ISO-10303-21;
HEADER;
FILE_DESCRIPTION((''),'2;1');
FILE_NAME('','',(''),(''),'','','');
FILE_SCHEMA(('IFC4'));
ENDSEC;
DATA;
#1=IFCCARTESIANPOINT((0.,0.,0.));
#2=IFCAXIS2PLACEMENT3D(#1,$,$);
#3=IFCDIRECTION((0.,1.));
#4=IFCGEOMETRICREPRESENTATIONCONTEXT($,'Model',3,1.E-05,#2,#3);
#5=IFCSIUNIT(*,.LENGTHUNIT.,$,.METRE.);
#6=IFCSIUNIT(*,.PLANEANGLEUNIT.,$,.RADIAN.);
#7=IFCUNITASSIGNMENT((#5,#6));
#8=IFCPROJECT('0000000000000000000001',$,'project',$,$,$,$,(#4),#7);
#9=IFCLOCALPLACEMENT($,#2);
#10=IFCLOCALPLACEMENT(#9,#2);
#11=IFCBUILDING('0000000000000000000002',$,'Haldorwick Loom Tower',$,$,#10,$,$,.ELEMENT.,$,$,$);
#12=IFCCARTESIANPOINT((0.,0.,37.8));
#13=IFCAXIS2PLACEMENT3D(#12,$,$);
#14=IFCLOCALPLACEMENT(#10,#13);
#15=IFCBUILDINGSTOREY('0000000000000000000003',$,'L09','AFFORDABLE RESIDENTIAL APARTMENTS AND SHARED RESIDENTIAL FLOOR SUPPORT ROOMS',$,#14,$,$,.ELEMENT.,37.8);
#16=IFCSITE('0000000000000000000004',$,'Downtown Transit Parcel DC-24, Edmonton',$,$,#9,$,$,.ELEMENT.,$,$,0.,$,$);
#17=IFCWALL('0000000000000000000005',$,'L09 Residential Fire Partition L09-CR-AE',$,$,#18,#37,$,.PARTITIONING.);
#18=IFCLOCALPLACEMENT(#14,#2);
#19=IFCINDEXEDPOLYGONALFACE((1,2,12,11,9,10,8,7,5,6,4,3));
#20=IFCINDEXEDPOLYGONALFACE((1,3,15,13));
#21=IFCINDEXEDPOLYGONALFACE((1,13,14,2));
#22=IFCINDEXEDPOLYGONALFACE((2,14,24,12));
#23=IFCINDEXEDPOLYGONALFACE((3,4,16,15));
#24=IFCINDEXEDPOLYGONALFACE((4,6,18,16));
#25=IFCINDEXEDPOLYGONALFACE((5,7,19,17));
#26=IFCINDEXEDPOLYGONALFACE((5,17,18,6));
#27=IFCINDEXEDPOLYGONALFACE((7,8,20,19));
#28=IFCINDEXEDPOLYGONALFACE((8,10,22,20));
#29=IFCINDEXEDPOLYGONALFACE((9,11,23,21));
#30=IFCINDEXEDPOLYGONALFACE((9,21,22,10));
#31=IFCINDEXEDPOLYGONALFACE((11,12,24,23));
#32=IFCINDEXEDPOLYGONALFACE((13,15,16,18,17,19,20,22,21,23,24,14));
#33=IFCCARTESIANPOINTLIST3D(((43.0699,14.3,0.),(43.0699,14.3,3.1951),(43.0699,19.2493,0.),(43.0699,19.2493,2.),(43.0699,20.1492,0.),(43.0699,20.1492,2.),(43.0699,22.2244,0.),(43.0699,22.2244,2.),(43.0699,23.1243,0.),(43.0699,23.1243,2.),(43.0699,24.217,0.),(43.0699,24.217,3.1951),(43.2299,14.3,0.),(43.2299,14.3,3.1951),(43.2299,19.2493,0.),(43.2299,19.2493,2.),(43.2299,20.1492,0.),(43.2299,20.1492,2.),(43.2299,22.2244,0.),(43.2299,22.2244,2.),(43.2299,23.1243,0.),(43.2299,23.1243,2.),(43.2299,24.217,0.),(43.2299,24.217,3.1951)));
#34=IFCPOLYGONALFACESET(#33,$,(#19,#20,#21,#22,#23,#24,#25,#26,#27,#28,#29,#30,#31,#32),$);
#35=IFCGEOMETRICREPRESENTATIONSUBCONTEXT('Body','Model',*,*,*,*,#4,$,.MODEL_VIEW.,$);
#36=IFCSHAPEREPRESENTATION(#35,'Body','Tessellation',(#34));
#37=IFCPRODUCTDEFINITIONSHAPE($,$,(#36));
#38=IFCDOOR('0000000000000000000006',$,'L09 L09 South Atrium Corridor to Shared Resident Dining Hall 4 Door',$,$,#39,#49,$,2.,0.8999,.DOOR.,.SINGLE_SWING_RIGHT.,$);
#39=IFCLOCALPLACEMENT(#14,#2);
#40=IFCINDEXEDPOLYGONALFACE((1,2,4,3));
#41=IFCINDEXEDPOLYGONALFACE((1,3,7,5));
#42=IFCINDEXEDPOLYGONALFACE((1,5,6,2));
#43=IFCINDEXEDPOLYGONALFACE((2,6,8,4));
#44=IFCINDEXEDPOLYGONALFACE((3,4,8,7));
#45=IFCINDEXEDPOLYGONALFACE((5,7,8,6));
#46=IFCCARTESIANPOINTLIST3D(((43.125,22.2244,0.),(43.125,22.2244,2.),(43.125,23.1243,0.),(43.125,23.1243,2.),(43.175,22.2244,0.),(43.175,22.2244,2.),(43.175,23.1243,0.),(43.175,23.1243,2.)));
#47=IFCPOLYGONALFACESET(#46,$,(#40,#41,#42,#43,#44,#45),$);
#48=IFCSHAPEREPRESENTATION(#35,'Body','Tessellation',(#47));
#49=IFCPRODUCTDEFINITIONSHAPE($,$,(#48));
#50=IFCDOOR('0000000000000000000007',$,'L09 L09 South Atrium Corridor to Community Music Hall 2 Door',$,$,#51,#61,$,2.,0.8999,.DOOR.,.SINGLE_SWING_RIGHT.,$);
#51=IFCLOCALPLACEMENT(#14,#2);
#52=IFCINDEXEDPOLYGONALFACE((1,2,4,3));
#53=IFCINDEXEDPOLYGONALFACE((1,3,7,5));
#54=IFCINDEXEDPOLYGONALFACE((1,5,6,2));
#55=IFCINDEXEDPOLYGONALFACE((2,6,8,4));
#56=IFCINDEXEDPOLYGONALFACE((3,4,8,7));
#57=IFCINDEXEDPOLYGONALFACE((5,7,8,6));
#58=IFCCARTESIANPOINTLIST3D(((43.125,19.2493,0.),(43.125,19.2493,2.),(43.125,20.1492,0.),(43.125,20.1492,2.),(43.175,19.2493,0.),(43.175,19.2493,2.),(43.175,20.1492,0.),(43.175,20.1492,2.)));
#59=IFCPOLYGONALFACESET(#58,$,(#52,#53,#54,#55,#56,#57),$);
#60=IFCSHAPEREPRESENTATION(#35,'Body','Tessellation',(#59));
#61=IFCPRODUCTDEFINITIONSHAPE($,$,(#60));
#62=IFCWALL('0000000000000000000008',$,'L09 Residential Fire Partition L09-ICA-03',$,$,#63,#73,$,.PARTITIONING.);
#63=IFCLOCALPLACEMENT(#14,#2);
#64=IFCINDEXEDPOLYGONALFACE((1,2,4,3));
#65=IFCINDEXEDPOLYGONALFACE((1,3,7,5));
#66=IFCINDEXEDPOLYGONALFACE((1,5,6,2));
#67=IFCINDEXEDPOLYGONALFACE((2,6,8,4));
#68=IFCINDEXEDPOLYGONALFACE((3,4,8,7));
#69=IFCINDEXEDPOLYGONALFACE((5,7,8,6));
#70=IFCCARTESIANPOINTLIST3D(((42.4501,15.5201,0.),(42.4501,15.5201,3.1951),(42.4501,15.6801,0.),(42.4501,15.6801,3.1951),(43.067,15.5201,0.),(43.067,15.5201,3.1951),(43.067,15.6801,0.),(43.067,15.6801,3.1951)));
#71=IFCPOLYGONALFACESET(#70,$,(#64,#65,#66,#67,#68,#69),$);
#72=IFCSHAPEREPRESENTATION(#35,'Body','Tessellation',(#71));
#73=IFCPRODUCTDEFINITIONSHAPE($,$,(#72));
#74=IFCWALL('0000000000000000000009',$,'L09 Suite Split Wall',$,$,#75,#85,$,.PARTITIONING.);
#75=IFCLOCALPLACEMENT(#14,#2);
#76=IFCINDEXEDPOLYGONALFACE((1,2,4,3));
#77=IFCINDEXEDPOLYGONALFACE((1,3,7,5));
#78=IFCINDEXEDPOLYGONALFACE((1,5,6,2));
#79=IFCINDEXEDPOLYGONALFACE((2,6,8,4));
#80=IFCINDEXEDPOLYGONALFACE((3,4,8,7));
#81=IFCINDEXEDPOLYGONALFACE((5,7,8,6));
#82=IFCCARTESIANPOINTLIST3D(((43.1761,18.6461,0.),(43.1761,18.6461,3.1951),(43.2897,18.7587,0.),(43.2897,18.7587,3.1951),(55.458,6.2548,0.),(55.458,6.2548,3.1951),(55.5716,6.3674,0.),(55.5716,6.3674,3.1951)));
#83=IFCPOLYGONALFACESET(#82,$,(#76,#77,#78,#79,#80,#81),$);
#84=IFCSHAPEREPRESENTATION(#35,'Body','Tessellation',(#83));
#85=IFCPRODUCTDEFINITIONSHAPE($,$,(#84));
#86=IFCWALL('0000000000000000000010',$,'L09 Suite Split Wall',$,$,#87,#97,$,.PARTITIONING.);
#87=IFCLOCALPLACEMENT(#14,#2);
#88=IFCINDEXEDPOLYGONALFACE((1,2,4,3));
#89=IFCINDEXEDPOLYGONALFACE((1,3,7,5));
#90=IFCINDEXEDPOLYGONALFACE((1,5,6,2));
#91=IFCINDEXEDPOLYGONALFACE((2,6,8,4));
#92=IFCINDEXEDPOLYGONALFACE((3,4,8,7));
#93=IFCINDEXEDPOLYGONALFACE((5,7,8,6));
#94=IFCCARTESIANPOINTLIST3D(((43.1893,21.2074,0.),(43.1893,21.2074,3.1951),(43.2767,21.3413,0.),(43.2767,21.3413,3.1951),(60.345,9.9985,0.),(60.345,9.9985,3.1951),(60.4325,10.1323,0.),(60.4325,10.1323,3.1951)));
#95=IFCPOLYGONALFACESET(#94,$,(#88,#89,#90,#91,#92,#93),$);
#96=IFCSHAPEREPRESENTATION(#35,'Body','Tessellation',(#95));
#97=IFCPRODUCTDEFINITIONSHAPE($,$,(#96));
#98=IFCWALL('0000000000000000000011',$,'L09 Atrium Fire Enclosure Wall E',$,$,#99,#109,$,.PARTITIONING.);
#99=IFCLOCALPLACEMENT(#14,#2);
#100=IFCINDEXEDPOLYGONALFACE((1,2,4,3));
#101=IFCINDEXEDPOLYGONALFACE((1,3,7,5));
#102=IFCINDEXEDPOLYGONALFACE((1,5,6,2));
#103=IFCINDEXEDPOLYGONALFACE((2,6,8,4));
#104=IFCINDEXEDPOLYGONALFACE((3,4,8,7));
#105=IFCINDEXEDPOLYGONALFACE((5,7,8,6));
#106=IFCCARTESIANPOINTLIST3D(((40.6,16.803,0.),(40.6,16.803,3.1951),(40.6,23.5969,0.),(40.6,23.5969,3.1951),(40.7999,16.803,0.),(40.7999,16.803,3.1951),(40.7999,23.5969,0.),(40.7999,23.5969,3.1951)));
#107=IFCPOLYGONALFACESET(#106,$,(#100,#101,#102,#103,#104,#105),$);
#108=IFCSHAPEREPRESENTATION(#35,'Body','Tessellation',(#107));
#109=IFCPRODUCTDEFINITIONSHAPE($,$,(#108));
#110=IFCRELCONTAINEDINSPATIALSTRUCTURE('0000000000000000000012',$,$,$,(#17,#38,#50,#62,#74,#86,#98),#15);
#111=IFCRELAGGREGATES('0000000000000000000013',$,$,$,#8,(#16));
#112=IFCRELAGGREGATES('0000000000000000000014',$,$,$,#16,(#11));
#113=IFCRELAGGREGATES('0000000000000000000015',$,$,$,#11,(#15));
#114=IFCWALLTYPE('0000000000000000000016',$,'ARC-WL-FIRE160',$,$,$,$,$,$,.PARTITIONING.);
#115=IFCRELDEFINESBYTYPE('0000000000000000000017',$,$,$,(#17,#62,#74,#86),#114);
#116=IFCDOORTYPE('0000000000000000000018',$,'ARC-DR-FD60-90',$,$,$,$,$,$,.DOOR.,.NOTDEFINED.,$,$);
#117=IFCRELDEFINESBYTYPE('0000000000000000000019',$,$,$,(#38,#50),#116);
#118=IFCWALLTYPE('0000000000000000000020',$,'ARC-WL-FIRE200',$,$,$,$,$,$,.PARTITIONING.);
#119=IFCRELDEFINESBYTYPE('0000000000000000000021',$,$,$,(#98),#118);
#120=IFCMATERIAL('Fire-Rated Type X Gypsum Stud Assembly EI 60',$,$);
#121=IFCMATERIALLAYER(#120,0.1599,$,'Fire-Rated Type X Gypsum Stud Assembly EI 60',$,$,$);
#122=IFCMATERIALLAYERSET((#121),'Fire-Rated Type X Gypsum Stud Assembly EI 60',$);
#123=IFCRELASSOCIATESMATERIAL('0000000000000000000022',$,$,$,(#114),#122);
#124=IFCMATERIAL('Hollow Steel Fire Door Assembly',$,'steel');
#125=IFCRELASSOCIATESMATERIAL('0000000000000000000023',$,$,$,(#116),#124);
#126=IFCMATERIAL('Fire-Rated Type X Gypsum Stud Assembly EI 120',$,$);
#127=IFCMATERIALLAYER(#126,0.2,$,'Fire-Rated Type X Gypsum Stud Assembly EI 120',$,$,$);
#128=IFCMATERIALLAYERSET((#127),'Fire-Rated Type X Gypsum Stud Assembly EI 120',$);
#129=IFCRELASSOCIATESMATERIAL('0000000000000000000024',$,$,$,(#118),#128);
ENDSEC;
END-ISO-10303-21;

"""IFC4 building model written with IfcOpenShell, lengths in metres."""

from ifc_helpers import new_model, si_unit, direction, frame, frame_2d, origin, place, context, subcontext, project, spatial, rectangle, extrude, material, layer, layer_set, type_object, element, fill, save


model = new_model("IFC4")

# Units and contexts
model_context = context("Model", 3, precision=1e-05, world=origin(), true_north=direction((0.0, 1.0)))
body_context = subcontext(model_context, "Body", "Model", "MODEL_VIEW")
ifc_project = project(units=[si_unit("LENGTHUNIT", "METRE"), si_unit("PLANEANGLEUNIT", "RADIAN")], contexts=[model_context])

# Site, building, storey
site_placement = place(None, origin())
site = spatial("IfcSite", under=ifc_project, at=site_placement, Name="Downtown Transit Parcel DC-24, Edmonton", CompositionType="ELEMENT", RefElevation=0.0)
building_placement = place(site_placement, origin())
building = spatial("IfcBuilding", under=site, at=building_placement, Name="Haldorwick Loom Tower", CompositionType="ELEMENT")
storey_placement = place(building_placement, frame((0.0, 0.0, 37.8)))
storey = spatial("IfcBuildingStorey", under=building, at=storey_placement, Name="L09", Description="AFFORDABLE RESIDENTIAL APARTMENTS AND SHARED RESIDENTIAL FLOOR SUPPORT ROOMS", CompositionType="ELEMENT", Elevation=37.8)

# Wall, openings, doors
ifc_material_1 = material(Name="Fire-Rated Type X Gypsum Stud Assembly EI 60")
ifc_layer_1 = layer(ifc_material_1, 0.1599, Name="Fire-Rated Type X Gypsum Stud Assembly EI 60")
ifc_layer_set_1 = layer_set([ifc_layer_1], Name="Fire-Rated Type X Gypsum Stud Assembly EI 60")
wall_type_1 = type_object("IfcWallType", Name="ARC-WL-FIRE160", PredefinedType="PARTITIONING", material=ifc_layer_set_1)
wall_1_placement = place(storey_placement, frame((43.1499, 14.3, 0.0), z_axis=(0.0, 0.0, 1.0), x_axis=(0.0, 1.0, 0.0)))
wall_1 = element("IfcWall", 1, at=wall_1_placement, inside=storey, type_object=wall_type_1, Name="L09 Residential Fire Partition L09-CR-AE", PredefinedType="PARTITIONING", context=body_context, shape_type="SweptSolid", body=[
    extrude(rectangle(XDim=9.917, YDim=0.1599, at=frame_2d((4.9585, 0.0))), origin(), (0.0, 0.0, 1.0), 3.1951),
])
opening_1_placement = place(wall_1_placement, frame((7.9243, 0.0, 0.0)))
opening_1 = element("IfcOpeningElement", 2, at=opening_1_placement, cuts=wall_1, PredefinedType="OPENING", context=body_context, shape_type="SweptSolid", body=[
    extrude(rectangle(XDim=0.8999, YDim=2.0, at=frame_2d((0.45, 1.0))), frame((0.0, 0.0898, 0.0), z_axis=(0.0, -1.0, 0.0), x_axis=(1.0, 0.0, 0.0)), (0.0, 0.0, 1.0), 0.1799),
])
opening_2_placement = place(wall_1_placement, frame((4.9492, 0.0, 0.0)))
opening_2 = element("IfcOpeningElement", 3, at=opening_2_placement, cuts=wall_1, PredefinedType="OPENING", context=body_context, shape_type="SweptSolid", body=[
    extrude(rectangle(XDim=0.8999, YDim=2.0, at=frame_2d((0.45, 1.0))), frame((0.0, 0.0898, 0.0), z_axis=(0.0, -1.0, 0.0), x_axis=(1.0, 0.0, 0.0)), (0.0, 0.0, 1.0), 0.1799),
])
ifc_material_2 = material(Name="Hollow Steel Fire Door Assembly", Category="steel")
door_type = type_object("IfcDoorType", Name="ARC-DR-FD60-90", OperationType="NOTDEFINED", PredefinedType="DOOR", material=ifc_material_2)
door_1_placement = place(opening_1_placement, origin())
door_1 = element("IfcDoor", 4, at=door_1_placement, inside=storey, type_object=door_type, Name="L09 L09 South Atrium Corridor to Shared Resident Dining Hall 4 Door", OperationType="SINGLE_SWING_RIGHT", OverallHeight=2.0, OverallWidth=0.8999, PredefinedType="DOOR", context=body_context, shape_type="SweptSolid", body=[
    extrude(rectangle(XDim=0.8999, YDim=2.0, at=frame_2d((0.45, 1.0))), frame((0.0, 0.0249, 0.0), z_axis=(0.0, -1.0, 0.0), x_axis=(1.0, 0.0, 0.0)), (0.0, 0.0, 1.0), 0.05),
])
fill(opening_1, door_1)
door_2_placement = place(opening_2_placement, origin())
door_2 = element("IfcDoor", 5, at=door_2_placement, inside=storey, type_object=door_type, Name="L09 L09 South Atrium Corridor to Community Music Hall 2 Door", OperationType="SINGLE_SWING_RIGHT", OverallHeight=2.0, OverallWidth=0.8999, PredefinedType="DOOR", context=body_context, shape_type="SweptSolid", body=[
    extrude(rectangle(XDim=0.8999, YDim=2.0, at=frame_2d((0.45, 1.0))), frame((0.0, 0.0249, 0.0), z_axis=(0.0, -1.0, 0.0), x_axis=(1.0, 0.0, 0.0)), (0.0, 0.0, 1.0), 0.05),
])
fill(opening_2, door_2)

# Walls
wall_2_placement = place(storey_placement, frame((42.45, 15.6001, 0.0), z_axis=(0.0, 0.0, 1.0), x_axis=(1.0, 0.0, 0.0)))
element("IfcWall", 6, at=wall_2_placement, inside=storey, type_object=wall_type_1, Name="L09 Residential Fire Partition L09-ICA-03", PredefinedType="PARTITIONING", context=body_context, shape_type="SweptSolid", body=[
    extrude(rectangle(XDim=0.6169, YDim=0.1599, at=frame_2d((0.3086, 0.0))), origin(), (0.0, 0.0, 1.0), 3.1951),
])
wall_3_placement = place(storey_placement, frame((43.2329, 18.7024, 0.0), z_axis=(0.0, 0.0, 1.0), x_axis=(0.703965, -0.710234, 0.0)))
element("IfcWall", 7, at=wall_3_placement, inside=storey, type_object=wall_type_1, Name="L09 Suite Split Wall", PredefinedType="PARTITIONING", context=body_context, shape_type="SweptSolid", body=[
    extrude(rectangle(XDim=17.4468, YDim=0.1599, at=frame_2d((8.7234, 0.0))), origin(), (0.0, 0.0, 1.0), 3.1951),
])
wall_4_placement = place(storey_placement, frame((43.2329, 21.2744, 0.0), z_axis=(0.0, 0.0, 1.0), x_axis=(0.837154, -0.546968, 0.0)))
element("IfcWall", 8, at=wall_4_placement, inside=storey, type_object=wall_type_1, Name="L09 Suite Split Wall", PredefinedType="PARTITIONING", context=body_context, shape_type="SweptSolid", body=[
    extrude(rectangle(XDim=20.4929, YDim=0.1599, at=frame_2d((10.2466, 0.0))), origin(), (0.0, 0.0, 1.0), 3.1951),
])
ifc_material_3 = material(Name="Fire-Rated Type X Gypsum Stud Assembly EI 120")
ifc_layer_2 = layer(ifc_material_3, 0.2, Name="Fire-Rated Type X Gypsum Stud Assembly EI 120")
ifc_layer_set_2 = layer_set([ifc_layer_2], Name="Fire-Rated Type X Gypsum Stud Assembly EI 120")
wall_type_2 = type_object("IfcWallType", Name="ARC-WL-FIRE200", PredefinedType="PARTITIONING", material=ifc_layer_set_2)
wall_5_placement = place(storey_placement, frame((40.7, 23.5969, 0.0), z_axis=(0.0, 0.0, 1.0), x_axis=(0.0, -1.0, 0.0)))
element("IfcWall", 9, at=wall_5_placement, inside=storey, type_object=wall_type_2, Name="L09 Atrium Fire Enclosure Wall E", PredefinedType="PARTITIONING", context=body_context, shape_type="SweptSolid", body=[
    extrude(rectangle(XDim=6.7939, YDim=0.2, at=frame_2d((3.397, 0.0))), origin(), (0.0, 0.0, 1.0), 3.1951),
])

save(model, "model.ifc")
